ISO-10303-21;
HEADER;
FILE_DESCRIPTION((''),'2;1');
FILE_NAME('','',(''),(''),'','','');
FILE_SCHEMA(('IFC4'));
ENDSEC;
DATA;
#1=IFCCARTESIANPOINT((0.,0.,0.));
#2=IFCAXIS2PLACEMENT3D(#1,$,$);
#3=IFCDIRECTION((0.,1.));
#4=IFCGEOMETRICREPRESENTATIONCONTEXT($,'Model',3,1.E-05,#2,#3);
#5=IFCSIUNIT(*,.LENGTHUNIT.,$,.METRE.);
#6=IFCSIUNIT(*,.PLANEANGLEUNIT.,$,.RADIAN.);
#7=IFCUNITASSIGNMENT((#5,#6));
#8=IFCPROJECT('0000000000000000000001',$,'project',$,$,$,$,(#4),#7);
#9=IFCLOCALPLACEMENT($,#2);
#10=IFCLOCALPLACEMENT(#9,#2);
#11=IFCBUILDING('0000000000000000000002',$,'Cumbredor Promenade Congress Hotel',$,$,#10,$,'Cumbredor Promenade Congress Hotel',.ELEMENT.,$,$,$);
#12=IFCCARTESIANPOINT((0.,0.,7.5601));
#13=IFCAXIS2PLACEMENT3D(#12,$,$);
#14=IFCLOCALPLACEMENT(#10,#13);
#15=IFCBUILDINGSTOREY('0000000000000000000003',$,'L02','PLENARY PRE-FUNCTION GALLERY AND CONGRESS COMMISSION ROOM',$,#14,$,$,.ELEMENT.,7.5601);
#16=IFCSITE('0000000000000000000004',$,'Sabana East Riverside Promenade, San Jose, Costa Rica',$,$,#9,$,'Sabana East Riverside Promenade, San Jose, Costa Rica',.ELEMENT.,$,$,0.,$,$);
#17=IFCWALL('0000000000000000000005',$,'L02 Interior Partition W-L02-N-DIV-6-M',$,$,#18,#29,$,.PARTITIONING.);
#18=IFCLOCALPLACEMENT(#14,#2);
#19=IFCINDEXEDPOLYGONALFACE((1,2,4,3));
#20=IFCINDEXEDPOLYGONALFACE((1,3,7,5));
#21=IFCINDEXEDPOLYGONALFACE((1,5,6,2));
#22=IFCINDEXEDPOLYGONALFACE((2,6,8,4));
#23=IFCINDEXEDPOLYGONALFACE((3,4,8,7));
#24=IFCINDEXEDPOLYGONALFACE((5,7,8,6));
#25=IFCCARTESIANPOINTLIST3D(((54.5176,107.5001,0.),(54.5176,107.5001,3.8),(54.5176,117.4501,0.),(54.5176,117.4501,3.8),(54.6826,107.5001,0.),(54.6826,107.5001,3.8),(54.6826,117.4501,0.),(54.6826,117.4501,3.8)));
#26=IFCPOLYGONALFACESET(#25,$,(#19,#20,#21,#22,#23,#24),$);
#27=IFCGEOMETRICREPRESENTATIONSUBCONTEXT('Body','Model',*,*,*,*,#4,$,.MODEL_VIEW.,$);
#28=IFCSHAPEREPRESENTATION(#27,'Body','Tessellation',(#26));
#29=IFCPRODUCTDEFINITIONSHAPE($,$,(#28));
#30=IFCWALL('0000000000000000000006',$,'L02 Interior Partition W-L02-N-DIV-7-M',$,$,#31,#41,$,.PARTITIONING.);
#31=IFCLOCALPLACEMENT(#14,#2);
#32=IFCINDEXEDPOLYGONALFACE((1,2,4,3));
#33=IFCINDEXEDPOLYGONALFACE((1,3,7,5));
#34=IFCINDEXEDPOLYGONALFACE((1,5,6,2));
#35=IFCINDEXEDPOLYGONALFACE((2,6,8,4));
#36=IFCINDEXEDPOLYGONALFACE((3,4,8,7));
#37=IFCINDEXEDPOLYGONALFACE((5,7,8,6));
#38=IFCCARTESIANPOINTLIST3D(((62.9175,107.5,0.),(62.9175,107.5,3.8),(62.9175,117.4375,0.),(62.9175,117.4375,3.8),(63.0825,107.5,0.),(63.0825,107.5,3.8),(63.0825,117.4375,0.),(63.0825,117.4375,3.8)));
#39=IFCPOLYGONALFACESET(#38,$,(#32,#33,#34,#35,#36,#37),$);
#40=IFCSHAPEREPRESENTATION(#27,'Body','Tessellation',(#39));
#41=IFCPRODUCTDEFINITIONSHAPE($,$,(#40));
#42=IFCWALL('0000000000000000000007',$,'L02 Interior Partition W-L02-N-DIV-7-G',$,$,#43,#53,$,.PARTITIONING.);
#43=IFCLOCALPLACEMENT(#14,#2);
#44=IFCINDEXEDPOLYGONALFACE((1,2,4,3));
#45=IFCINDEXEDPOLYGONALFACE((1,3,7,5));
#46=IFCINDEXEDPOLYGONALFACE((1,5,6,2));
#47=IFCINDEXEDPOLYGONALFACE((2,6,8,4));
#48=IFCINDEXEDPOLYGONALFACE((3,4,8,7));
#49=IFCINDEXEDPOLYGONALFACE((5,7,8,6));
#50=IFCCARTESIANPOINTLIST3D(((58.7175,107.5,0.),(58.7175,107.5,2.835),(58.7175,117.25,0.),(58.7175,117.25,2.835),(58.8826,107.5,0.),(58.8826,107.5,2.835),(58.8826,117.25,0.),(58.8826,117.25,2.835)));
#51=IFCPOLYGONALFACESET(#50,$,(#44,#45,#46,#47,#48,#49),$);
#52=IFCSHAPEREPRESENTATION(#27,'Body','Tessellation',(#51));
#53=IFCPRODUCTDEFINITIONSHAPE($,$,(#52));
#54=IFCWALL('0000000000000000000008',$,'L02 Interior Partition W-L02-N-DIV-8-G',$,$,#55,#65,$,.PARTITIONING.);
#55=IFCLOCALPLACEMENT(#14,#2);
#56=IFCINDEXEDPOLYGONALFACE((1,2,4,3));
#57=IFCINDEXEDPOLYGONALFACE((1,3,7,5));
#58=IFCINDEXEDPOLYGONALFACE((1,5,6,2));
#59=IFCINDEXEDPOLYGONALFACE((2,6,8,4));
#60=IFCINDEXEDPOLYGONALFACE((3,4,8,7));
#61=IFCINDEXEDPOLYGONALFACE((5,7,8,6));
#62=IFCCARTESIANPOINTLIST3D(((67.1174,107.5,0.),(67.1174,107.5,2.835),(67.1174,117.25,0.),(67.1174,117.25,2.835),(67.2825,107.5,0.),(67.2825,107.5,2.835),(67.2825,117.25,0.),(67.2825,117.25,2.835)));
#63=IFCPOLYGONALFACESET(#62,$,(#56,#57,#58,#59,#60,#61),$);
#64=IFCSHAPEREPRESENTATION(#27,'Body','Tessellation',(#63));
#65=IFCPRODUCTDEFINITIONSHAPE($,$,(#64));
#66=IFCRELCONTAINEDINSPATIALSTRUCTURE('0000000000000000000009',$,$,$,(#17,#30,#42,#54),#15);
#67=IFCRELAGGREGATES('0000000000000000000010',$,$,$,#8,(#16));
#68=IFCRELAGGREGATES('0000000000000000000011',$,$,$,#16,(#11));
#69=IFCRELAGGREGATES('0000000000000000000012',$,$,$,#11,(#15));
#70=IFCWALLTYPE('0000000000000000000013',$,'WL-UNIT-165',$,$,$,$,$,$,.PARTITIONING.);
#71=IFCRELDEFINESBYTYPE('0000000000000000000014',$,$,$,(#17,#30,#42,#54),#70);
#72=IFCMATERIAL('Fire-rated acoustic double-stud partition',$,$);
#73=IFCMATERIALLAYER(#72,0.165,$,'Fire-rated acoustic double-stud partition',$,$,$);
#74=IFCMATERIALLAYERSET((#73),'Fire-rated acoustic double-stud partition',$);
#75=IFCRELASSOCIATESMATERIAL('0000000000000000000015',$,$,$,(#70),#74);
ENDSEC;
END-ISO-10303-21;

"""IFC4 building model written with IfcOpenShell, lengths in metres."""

from ifc_helpers import new_model, si_unit, direction, frame, frame_2d, origin, place, context, subcontext, project, spatial, rectangle, extrude, material, layer, layer_set, type_object, element, save


model = new_model("IFC4")

# Units and contexts
model_context = context("Model", 3, precision=1e-05, world=origin(), true_north=direction((0.0, 1.0)))
body_context = subcontext(model_context, "Body", "Model", "MODEL_VIEW")
ifc_project = project(units=[si_unit("LENGTHUNIT", "METRE"), si_unit("PLANEANGLEUNIT", "RADIAN")], contexts=[model_context])

# Site, building, storey
site_placement = place(None, origin())
site = spatial("IfcSite", under=ifc_project, at=site_placement, Name="Sabana East Riverside Promenade, San Jose, Costa Rica", LongName="Sabana East Riverside Promenade, San Jose, Costa Rica", CompositionType="ELEMENT", RefElevation=0.0)
building_placement = place(site_placement, origin())
building = spatial("IfcBuilding", under=site, at=building_placement, Name="Cumbredor Promenade Congress Hotel", LongName="Cumbredor Promenade Congress Hotel", CompositionType="ELEMENT")
storey_placement = place(building_placement, frame((0.0, 0.0, 7.5601)))
storey = spatial("IfcBuildingStorey", under=building, at=storey_placement, Name="L02", Description="PLENARY PRE-FUNCTION GALLERY AND CONGRESS COMMISSION ROOM", CompositionType="ELEMENT", Elevation=7.5601)

# Walls
ifc_material_1 = material(Name="Fire-rated acoustic double-stud partition")
ifc_layer_1 = layer(ifc_material_1, 0.165, Name="Fire-rated acoustic double-stud partition")
ifc_layer_set_1 = layer_set([ifc_layer_1], Name="Fire-rated acoustic double-stud partition")
wall_type_1 = type_object("IfcWallType", Name="WL-UNIT-165", PredefinedType="PARTITIONING", material=ifc_layer_set_1)
wall_1_placement = place(storey_placement, frame((54.6001, 107.5, 0.0), z_axis=(0.0, 0.0, 1.0), x_axis=(0.0, 1.0, 0.0)))
element("IfcWall", 1, at=wall_1_placement, inside=storey, type_object=wall_type_1, Name="L02 Interior Partition W-L02-N-DIV-6-M", PredefinedType="PARTITIONING", context=body_context, shape_type="SweptSolid", body=[
    extrude(rectangle(XDim=9.95, YDim=0.165, at=frame_2d((4.9751, 0.0))), origin(), (0.0, 0.0, 1.0), 3.8),
])
wall_2_placement = place(storey_placement, frame((63.0, 107.5, 0.0), z_axis=(0.0, 0.0, 1.0), x_axis=(0.0, 1.0, 0.0)))
element("IfcWall", 2, at=wall_2_placement, inside=storey, type_object=wall_type_1, Name="L02 Interior Partition W-L02-N-DIV-7-M", PredefinedType="PARTITIONING", context=body_context, shape_type="SweptSolid", body=[
    extrude(rectangle(XDim=9.9375, YDim=0.165, at=frame_2d((4.9688, 0.0))), origin(), (0.0, 0.0, 1.0), 3.8),
])
for number, where, z_axis, x_axis, name in (
    (3, (58.8, 107.5, 0.0), (0.0, 0.0, 1.0), (0.0, 1.0, 0.0), "L02 Interior Partition W-L02-N-DIV-7-G"),
    (4, (67.2, 107.5, 0.0), (0.0, 0.0, 1.0), (0.0, 1.0, 0.0), "L02 Interior Partition W-L02-N-DIV-8-G"),
):
    element("IfcWall", number, at=place(storey_placement, frame(where, z_axis=z_axis, x_axis=x_axis)), inside=storey, type_object=wall_type_1, Name=name, PredefinedType="PARTITIONING", context=body_context, shape_type="SweptSolid", body=[
        extrude(rectangle(XDim=9.75, YDim=0.165, at=frame_2d((4.875, 0.0))), origin(), (0.0, 0.0, 1.0), 2.835),
    ])

save(model, "model.ifc")
